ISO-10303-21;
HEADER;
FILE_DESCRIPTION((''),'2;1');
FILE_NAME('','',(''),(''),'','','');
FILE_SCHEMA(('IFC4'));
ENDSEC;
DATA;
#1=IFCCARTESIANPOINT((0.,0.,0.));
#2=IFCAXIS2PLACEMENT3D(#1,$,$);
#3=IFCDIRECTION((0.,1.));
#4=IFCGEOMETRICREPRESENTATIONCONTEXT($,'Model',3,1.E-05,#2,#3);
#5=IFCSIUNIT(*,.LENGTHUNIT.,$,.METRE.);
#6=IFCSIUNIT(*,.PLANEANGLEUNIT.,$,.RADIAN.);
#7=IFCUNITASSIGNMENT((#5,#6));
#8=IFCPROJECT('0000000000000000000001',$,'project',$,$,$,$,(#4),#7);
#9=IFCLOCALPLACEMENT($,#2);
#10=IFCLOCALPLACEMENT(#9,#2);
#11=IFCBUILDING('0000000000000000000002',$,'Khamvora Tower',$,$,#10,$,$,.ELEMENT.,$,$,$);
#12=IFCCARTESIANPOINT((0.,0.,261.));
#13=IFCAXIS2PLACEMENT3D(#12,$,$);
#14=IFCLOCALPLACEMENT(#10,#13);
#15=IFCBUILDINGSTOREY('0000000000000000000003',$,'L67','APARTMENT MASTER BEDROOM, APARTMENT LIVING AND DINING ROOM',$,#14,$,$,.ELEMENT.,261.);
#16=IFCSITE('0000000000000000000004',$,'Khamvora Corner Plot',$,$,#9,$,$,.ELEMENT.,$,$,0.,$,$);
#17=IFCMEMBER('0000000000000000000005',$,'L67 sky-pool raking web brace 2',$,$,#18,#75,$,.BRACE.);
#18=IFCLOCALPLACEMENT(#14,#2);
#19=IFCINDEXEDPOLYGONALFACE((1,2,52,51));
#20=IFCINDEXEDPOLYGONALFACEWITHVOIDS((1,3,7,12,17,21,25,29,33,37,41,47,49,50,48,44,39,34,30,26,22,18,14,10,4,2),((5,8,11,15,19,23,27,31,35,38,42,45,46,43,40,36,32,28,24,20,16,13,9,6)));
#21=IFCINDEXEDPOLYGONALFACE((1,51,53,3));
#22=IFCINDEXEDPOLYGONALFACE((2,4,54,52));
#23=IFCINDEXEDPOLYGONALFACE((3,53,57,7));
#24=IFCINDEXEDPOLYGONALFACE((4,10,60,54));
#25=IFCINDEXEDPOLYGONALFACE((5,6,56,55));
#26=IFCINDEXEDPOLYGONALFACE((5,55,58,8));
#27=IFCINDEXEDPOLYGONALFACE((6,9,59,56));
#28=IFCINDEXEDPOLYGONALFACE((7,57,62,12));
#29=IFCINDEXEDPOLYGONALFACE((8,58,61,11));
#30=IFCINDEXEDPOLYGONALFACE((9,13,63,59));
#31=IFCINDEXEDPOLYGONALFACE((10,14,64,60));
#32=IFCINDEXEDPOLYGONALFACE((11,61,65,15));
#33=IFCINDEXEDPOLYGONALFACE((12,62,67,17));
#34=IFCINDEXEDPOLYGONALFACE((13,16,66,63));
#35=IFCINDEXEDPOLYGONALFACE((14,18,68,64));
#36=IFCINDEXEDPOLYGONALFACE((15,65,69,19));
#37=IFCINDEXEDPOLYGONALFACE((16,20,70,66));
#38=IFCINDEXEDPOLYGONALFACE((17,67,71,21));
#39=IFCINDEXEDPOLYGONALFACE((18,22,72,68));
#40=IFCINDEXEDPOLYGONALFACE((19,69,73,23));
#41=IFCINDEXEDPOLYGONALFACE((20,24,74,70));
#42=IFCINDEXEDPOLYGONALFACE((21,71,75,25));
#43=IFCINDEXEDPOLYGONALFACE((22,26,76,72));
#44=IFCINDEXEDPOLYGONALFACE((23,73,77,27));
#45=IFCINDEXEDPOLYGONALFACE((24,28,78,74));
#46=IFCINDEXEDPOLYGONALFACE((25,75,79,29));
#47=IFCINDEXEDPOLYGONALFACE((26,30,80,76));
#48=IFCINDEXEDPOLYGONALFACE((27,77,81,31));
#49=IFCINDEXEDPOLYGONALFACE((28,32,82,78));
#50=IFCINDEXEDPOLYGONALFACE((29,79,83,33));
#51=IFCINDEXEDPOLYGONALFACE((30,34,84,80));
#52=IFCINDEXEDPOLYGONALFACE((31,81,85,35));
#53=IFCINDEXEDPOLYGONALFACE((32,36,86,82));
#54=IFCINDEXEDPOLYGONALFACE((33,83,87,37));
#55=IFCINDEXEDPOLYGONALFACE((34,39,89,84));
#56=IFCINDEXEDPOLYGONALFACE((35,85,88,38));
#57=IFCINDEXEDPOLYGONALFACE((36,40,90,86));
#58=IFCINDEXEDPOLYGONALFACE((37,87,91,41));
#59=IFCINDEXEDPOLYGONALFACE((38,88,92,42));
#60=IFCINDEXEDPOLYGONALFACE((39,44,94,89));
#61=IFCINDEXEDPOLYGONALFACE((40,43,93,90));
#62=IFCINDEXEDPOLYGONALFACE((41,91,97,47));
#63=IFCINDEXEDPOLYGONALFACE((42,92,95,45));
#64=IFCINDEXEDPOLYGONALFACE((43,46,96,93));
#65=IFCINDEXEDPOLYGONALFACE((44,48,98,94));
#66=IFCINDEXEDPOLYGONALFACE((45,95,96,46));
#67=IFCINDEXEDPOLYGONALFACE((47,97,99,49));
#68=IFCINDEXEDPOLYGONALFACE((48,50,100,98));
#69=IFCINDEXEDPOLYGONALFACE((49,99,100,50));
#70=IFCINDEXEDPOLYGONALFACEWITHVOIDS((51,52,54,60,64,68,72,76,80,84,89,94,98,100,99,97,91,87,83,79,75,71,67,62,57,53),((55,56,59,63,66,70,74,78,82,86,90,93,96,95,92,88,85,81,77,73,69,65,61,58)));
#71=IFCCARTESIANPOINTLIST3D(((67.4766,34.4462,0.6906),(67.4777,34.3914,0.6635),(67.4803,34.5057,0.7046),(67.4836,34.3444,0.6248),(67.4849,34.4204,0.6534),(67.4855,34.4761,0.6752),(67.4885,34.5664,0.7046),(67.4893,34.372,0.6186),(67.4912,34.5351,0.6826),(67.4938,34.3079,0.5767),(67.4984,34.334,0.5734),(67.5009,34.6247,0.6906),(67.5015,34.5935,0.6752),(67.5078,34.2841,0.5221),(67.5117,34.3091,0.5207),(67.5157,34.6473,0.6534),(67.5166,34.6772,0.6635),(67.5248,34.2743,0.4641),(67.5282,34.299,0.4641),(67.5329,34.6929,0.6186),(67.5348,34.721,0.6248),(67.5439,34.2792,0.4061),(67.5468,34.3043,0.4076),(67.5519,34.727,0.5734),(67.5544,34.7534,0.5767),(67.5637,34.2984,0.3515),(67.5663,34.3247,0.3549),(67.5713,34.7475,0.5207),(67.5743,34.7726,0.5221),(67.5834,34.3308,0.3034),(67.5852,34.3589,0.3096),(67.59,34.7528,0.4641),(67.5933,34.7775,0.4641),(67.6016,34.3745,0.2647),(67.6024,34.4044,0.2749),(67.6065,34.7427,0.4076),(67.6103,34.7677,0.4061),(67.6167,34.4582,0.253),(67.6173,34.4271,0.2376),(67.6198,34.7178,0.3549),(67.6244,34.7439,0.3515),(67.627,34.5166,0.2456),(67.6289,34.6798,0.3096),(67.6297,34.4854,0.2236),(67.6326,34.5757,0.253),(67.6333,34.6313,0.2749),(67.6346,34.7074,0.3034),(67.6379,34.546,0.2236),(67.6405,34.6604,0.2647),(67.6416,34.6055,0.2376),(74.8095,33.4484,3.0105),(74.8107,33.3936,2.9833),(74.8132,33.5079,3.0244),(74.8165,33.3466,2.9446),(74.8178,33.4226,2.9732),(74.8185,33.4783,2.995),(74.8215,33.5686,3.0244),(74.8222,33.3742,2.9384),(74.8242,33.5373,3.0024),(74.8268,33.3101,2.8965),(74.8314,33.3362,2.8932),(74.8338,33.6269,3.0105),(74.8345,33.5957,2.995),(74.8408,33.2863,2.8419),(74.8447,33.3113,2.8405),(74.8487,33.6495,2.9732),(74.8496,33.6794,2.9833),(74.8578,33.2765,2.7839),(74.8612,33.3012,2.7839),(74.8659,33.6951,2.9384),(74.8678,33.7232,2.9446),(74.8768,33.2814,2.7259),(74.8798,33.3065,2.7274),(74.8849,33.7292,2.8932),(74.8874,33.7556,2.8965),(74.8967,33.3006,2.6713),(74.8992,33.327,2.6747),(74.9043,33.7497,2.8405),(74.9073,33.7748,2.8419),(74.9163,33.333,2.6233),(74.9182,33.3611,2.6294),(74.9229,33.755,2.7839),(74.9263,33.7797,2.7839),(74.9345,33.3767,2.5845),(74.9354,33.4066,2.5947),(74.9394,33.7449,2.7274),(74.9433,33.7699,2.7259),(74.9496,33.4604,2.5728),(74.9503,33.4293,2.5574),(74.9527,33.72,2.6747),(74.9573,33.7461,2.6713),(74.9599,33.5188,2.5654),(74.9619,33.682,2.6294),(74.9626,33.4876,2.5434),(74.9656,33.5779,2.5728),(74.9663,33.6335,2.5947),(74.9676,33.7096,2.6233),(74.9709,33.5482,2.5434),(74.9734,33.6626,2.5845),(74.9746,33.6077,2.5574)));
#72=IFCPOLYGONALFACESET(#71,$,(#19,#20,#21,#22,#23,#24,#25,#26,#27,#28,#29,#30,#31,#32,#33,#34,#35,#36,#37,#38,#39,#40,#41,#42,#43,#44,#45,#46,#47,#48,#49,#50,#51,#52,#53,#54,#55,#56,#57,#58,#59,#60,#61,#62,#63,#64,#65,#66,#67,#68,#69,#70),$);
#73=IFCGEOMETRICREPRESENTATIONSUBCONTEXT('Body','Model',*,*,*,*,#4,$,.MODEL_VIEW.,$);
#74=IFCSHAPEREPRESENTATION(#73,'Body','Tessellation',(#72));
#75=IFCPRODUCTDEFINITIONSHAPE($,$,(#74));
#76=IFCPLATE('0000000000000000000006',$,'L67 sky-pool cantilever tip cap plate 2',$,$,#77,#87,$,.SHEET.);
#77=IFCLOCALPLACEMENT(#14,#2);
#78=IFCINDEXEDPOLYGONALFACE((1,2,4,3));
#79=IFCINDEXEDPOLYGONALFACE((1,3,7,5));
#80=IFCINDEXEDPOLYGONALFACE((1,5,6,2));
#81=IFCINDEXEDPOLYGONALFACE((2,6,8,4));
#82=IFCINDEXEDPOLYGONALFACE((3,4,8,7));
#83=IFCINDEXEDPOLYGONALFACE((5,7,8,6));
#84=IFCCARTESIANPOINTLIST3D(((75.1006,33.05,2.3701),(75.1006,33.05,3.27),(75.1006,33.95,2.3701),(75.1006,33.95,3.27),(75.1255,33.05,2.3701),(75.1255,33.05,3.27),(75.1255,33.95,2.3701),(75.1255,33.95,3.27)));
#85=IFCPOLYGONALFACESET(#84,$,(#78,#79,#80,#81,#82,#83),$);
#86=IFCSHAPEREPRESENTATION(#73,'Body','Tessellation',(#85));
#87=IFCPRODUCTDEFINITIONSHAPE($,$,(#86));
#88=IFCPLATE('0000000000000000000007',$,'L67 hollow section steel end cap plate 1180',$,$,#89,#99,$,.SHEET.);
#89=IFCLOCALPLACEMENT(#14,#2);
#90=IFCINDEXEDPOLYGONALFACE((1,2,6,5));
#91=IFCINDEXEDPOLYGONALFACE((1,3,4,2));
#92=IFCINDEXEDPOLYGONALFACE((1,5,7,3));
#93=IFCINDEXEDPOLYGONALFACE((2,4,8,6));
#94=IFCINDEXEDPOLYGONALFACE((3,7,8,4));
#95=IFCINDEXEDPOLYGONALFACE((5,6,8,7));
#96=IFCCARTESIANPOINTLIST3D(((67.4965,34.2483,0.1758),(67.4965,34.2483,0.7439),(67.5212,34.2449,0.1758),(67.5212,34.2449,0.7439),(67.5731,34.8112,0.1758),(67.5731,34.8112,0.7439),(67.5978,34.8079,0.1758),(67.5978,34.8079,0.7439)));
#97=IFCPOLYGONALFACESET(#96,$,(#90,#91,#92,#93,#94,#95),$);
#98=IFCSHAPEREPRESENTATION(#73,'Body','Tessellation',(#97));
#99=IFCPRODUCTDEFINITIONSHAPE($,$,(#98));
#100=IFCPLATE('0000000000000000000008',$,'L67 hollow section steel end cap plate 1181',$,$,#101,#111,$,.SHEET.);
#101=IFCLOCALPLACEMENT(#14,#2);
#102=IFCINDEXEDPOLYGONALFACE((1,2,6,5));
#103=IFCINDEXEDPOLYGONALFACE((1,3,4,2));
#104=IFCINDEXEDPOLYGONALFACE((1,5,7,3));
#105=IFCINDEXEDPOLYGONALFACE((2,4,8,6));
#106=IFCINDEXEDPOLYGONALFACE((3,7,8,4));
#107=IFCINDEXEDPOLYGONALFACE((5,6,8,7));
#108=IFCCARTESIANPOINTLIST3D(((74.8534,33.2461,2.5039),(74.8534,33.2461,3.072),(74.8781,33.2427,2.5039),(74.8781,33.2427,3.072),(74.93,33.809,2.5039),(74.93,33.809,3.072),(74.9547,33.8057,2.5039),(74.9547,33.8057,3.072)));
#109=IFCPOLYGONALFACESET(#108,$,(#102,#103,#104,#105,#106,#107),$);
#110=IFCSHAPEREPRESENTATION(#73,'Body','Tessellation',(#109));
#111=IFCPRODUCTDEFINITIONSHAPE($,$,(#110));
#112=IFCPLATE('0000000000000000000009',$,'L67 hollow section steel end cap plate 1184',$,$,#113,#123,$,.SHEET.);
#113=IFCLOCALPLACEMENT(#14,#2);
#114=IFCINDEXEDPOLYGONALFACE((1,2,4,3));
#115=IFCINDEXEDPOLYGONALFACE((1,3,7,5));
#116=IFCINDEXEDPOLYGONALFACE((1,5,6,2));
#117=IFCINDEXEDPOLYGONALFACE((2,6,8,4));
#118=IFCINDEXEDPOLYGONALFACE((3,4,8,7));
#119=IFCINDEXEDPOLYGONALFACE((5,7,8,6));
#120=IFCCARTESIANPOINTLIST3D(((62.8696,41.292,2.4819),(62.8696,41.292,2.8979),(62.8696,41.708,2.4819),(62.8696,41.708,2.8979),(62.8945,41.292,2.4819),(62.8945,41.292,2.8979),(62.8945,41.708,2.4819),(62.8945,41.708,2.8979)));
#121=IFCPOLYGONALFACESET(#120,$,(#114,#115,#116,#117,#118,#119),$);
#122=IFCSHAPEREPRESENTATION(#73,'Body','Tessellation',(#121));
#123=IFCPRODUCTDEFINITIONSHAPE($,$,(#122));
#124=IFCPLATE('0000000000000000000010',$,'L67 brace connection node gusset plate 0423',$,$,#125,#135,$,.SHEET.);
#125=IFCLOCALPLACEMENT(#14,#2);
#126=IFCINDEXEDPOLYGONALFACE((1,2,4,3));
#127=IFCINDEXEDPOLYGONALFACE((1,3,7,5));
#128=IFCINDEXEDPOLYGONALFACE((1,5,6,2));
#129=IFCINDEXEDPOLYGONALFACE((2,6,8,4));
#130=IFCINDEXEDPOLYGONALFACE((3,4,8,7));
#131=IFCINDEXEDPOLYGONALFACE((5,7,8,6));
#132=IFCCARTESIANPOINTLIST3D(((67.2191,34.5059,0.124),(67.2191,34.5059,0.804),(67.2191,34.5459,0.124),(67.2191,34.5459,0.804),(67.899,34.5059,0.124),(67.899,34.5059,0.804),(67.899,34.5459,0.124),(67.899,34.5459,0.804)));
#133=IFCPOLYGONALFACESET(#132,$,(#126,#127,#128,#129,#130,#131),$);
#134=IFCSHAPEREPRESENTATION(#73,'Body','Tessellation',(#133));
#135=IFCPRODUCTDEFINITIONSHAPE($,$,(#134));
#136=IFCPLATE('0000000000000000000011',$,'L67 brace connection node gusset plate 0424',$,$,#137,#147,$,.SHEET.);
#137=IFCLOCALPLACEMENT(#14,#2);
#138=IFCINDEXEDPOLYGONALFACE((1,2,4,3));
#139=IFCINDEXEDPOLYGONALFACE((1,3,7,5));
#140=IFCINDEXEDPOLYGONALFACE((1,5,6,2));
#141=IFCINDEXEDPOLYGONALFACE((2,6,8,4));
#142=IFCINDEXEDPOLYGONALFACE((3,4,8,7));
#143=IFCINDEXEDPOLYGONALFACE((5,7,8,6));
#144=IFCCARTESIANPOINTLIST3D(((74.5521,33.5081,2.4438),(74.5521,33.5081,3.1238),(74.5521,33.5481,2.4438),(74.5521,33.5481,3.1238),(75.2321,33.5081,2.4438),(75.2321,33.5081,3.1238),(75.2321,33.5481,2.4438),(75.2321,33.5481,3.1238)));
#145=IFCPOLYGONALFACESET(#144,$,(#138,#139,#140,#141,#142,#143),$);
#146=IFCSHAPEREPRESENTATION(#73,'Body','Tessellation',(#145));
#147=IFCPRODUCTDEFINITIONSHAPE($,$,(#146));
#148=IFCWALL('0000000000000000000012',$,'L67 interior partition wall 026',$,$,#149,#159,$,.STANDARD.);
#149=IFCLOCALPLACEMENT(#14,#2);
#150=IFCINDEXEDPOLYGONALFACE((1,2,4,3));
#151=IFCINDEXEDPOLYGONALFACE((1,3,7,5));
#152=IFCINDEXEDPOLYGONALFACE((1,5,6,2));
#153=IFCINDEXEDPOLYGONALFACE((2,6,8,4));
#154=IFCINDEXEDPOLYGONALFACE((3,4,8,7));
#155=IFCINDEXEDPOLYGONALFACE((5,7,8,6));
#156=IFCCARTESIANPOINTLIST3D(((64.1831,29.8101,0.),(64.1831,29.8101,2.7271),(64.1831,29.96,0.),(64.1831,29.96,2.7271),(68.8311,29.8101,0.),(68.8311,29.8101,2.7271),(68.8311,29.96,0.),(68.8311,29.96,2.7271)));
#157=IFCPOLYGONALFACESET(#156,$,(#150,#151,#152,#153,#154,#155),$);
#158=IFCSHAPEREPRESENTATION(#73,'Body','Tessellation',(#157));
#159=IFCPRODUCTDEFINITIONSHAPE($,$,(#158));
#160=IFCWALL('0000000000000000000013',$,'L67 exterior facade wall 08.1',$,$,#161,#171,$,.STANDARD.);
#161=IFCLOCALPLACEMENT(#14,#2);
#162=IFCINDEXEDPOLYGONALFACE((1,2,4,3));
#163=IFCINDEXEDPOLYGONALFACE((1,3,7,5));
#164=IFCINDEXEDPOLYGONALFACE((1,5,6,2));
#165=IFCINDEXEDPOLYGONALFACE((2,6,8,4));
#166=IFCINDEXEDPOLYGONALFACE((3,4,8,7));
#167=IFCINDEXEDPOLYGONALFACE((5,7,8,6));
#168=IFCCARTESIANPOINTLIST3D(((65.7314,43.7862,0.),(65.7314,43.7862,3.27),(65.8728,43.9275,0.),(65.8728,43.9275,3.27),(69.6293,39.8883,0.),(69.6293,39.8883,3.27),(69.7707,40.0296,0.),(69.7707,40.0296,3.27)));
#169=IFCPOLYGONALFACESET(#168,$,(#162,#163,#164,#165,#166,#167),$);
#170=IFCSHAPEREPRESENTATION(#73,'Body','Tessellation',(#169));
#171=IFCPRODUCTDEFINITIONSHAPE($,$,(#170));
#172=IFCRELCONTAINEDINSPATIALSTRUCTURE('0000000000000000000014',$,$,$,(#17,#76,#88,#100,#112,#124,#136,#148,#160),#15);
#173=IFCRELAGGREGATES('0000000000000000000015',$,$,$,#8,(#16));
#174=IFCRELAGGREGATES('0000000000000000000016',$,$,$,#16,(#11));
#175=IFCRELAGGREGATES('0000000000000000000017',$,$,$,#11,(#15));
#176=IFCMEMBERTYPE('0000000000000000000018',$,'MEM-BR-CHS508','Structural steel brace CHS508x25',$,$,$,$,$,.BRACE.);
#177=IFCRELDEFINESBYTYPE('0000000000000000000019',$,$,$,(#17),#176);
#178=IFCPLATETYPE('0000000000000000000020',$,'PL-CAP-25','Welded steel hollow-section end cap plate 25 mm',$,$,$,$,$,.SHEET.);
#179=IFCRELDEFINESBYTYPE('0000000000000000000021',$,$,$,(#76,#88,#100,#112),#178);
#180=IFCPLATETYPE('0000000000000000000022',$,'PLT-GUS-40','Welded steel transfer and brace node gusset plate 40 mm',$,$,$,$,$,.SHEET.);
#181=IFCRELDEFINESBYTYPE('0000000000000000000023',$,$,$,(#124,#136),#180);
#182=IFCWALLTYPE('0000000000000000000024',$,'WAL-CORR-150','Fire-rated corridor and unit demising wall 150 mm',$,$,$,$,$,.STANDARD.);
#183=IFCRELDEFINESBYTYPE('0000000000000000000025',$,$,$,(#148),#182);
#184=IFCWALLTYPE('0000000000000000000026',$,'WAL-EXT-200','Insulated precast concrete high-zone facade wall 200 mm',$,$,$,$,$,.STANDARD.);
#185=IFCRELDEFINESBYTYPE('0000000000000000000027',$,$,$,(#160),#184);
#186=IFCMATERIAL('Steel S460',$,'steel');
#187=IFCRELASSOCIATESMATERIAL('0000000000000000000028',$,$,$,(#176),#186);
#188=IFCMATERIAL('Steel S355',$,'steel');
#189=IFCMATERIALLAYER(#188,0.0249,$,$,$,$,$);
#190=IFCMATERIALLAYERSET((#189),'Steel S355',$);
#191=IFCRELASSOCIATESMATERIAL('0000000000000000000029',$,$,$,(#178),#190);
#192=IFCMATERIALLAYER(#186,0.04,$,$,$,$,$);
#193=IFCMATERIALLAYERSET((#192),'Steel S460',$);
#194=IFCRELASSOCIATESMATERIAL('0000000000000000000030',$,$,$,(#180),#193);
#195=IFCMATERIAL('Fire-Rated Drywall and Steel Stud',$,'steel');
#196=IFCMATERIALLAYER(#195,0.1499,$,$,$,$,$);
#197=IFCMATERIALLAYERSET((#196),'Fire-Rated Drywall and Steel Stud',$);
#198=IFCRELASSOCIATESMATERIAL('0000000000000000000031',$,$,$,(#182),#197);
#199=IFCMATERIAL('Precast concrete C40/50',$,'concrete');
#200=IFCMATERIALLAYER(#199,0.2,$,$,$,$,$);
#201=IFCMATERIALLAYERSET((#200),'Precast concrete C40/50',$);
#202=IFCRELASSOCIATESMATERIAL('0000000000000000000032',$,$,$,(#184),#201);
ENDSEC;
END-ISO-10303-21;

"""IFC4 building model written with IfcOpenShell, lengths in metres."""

from ifc_helpers import new_model, si_unit, direction, frame, frame_2d, origin, origin_2d, place, context, subcontext, project, spatial, rectangle, hollow_circle, extrude, material, layer, layer_set, material_profile, profile_set, type_object, element, save


model = new_model("IFC4")

# Units and contexts
model_context = context("Model", 3, precision=1e-05, world=origin(), true_north=direction((0.0, 1.0)))
body_context = subcontext(model_context, "Body", "Model", "MODEL_VIEW")
ifc_project = project(units=[si_unit("LENGTHUNIT", "METRE"), si_unit("PLANEANGLEUNIT", "RADIAN")], contexts=[model_context])

# Site, building, storey
site_placement = place(None, origin())
site = spatial("IfcSite", under=ifc_project, at=site_placement, Name="Khamvora Corner Plot", CompositionType="ELEMENT", RefElevation=0.0)
building_placement = place(site_placement, origin())
building = spatial("IfcBuilding", under=site, at=building_placement, Name="Khamvora Tower", CompositionType="ELEMENT")
storey_placement = place(building_placement, frame((0.0, 0.0, 261.0)))
storey = spatial("IfcBuildingStorey", under=building, at=storey_placement, Name="L67", Description="APARTMENT MASTER BEDROOM, APARTMENT LIVING AND DINING ROOM", CompositionType="ELEMENT", Elevation=261.0)

# Shared definitions
ifc_material_1 = material(Name="Steel S355", Category="steel")

# Member
ifc_material_2 = material(Name="Steel S460", Category="steel")
ifc_material_profile_1 = material_profile(ifc_material_2, hollow_circle(Radius=0.2539, WallThickness=0.0249, at=origin_2d()), Name="CHS508x25")
ifc_profile_set_1 = profile_set([ifc_material_profile_1], Name="Steel S460")
member_type = type_object("IfcMemberType", Name="MEM-BR-CHS508", Description="Structural steel brace CHS508x25", PredefinedType="BRACE", material=ifc_profile_set_1)
member_placement = place(storey_placement, frame((67.5591, 34.5259, 0.4641), z_axis=(0.945505, -0.128655, 0.299114), x_axis=(0.134828, 0.990869, 0.0)))
element("IfcMember", 1, at=member_placement, inside=storey, type_object=member_type, Name="L67 sky-pool raking web brace 2", PredefinedType="BRACE", context=body_context, shape_type="SweptSolid", body=[
    extrude(hollow_circle(Radius=0.2539, WallThickness=0.0249, at=origin_2d()), origin(), (0.0, 0.0, 1.0), 7.7556),
])

# Plates
ifc_layer_1 = layer(ifc_material_1, 0.0249)
ifc_layer_set_1 = layer_set([ifc_layer_1], Name="Steel S355")
plate_type_1 = type_object("IfcPlateType", Name="PL-CAP-25", Description="Welded steel hollow-section end cap plate 25 mm", PredefinedType="SHEET", material=ifc_layer_set_1)
plate_1_placement = place(storey_placement, frame((75.113, 33.5, 2.3701), z_axis=(0.0, 0.0, 1.0), x_axis=(1.0, 0.0, 0.0)))
element("IfcPlate", 2, at=plate_1_placement, inside=storey, type_object=plate_type_1, Name="L67 sky-pool cantilever tip cap plate 2", PredefinedType="SHEET", context=body_context, shape_type="SweptSolid", body=[
    extrude(rectangle(XDim=0.0249, YDim=0.8999, at=origin_2d()), origin(), (0.0, 0.0, 1.0), 0.8999),
])
for number, where, z_axis, x_axis, name in (
    (3, (67.5471, 34.5281, 0.1758), (0.0, 0.0, 1.0), (0.990866, -0.134851, 0.0), "L67 hollow section steel end cap plate 1180"),
    (4, (74.9041, 33.5259, 2.5039), (0.0, 0.0, 1.0), (0.990866, -0.134851, 0.0), "L67 hollow section steel end cap plate 1181"),
):
    element("IfcPlate", number, at=place(storey_placement, frame(where, z_axis=z_axis, x_axis=x_axis)), inside=storey, type_object=plate_type_1, Name=name, PredefinedType="SHEET", context=body_context, shape_type="SweptSolid", body=[
        extrude(rectangle(XDim=0.0249, YDim=0.5681, at=origin_2d()), origin(), (0.0, 0.0, 1.0), 0.5681),
    ])
plate_2_placement = place(storey_placement, frame((62.8821, 41.5, 2.4819), z_axis=(0.0, 0.0, 1.0), x_axis=(-1.0, 0.0, 0.0)))
element("IfcPlate", 5, at=plate_2_placement, inside=storey, type_object=plate_type_1, Name="L67 hollow section steel end cap plate 1184", PredefinedType="SHEET", context=body_context, shape_type="SweptSolid", body=[
    extrude(rectangle(XDim=0.0249, YDim=0.416, at=origin_2d()), origin(), (0.0, 0.0, 1.0), 0.416),
])
ifc_layer_2 = layer(ifc_material_2, 0.04)
ifc_layer_set_2 = layer_set([ifc_layer_2], Name="Steel S460")
plate_type_2 = type_object("IfcPlateType", Name="PLT-GUS-40", Description="Welded steel transfer and brace node gusset plate 40 mm", PredefinedType="SHEET", material=ifc_layer_set_2)
for number, where, z_axis, x_axis, name in (
    (6, (67.5591, 34.5259, 0.124), (0.0, 0.0, 1.0), (1.0, 0.0, 0.0), "L67 brace connection node gusset plate 0423"),
    (7, (74.8921, 33.5281, 2.4438), (0.0, 0.0, 1.0), (1.0, 0.0, 0.0), "L67 brace connection node gusset plate 0424"),
):
    element("IfcPlate", number, at=place(storey_placement, frame(where, z_axis=z_axis, x_axis=x_axis)), inside=storey, type_object=plate_type_2, Name=name, PredefinedType="SHEET", context=body_context, shape_type="SweptSolid", body=[
        extrude(rectangle(XDim=0.6799, YDim=0.04, at=origin_2d()), origin(), (0.0, 0.0, 1.0), 0.6799),
    ])

# Shared definitions
ifc_material_3 = material(Name="Fire-Rated Drywall and Steel Stud", Category="steel")
ifc_layer_3 = layer(ifc_material_3, 0.1499)
ifc_layer_set_3 = layer_set([ifc_layer_3], Name="Fire-Rated Drywall and Steel Stud")
wall_type_1 = type_object("IfcWallType", Name="WAL-CORR-150", Description="Fire-rated corridor and unit demising wall 150 mm", PredefinedType="STANDARD", material=ifc_layer_set_3)

# Walls
wall_1_placement = place(storey_placement, frame((68.8311, 29.885, 0.0), z_axis=(0.0, 0.0, 1.0), x_axis=(-1.0, 0.0, 0.0)))
element("IfcWall", 8, at=wall_1_placement, inside=storey, type_object=wall_type_1, Name="L67 interior partition wall 026", PredefinedType="STANDARD", context=body_context, shape_type="SweptSolid", body=[
    extrude(rectangle(XDim=4.6479, YDim=0.1499, at=frame_2d((2.324, 0.0))), origin(), (0.0, 0.0, 1.0), 2.7271),
])
ifc_material_4 = material(Name="Precast concrete C40/50", Category="concrete")
ifc_layer_4 = layer(ifc_material_4, 0.2)
ifc_layer_set_4 = layer_set([ifc_layer_4], Name="Precast concrete C40/50")
wall_type_2 = type_object("IfcWallType", Name="WAL-EXT-200", Description="Insulated precast concrete high-zone facade wall 200 mm", PredefinedType="STANDARD", material=ifc_layer_set_4)
wall_2_placement = place(storey_placement, frame((65.802, 43.8569, 0.0), z_axis=(0.0, 0.0, 1.0), x_axis=(0.707107, -0.707107, 0.0)))
element("IfcWall", 9, at=wall_2_placement, inside=storey, type_object=wall_type_2, Name="L67 exterior facade wall 08.1", PredefinedType="STANDARD", context=body_context, shape_type="SweptSolid", body=[
    extrude(rectangle(XDim=5.5125, YDim=0.2, at=frame_2d((2.7563, 0.0))), origin(), (0.0, 0.0, 1.0), 3.27),
])

save(model, "model.ifc")
